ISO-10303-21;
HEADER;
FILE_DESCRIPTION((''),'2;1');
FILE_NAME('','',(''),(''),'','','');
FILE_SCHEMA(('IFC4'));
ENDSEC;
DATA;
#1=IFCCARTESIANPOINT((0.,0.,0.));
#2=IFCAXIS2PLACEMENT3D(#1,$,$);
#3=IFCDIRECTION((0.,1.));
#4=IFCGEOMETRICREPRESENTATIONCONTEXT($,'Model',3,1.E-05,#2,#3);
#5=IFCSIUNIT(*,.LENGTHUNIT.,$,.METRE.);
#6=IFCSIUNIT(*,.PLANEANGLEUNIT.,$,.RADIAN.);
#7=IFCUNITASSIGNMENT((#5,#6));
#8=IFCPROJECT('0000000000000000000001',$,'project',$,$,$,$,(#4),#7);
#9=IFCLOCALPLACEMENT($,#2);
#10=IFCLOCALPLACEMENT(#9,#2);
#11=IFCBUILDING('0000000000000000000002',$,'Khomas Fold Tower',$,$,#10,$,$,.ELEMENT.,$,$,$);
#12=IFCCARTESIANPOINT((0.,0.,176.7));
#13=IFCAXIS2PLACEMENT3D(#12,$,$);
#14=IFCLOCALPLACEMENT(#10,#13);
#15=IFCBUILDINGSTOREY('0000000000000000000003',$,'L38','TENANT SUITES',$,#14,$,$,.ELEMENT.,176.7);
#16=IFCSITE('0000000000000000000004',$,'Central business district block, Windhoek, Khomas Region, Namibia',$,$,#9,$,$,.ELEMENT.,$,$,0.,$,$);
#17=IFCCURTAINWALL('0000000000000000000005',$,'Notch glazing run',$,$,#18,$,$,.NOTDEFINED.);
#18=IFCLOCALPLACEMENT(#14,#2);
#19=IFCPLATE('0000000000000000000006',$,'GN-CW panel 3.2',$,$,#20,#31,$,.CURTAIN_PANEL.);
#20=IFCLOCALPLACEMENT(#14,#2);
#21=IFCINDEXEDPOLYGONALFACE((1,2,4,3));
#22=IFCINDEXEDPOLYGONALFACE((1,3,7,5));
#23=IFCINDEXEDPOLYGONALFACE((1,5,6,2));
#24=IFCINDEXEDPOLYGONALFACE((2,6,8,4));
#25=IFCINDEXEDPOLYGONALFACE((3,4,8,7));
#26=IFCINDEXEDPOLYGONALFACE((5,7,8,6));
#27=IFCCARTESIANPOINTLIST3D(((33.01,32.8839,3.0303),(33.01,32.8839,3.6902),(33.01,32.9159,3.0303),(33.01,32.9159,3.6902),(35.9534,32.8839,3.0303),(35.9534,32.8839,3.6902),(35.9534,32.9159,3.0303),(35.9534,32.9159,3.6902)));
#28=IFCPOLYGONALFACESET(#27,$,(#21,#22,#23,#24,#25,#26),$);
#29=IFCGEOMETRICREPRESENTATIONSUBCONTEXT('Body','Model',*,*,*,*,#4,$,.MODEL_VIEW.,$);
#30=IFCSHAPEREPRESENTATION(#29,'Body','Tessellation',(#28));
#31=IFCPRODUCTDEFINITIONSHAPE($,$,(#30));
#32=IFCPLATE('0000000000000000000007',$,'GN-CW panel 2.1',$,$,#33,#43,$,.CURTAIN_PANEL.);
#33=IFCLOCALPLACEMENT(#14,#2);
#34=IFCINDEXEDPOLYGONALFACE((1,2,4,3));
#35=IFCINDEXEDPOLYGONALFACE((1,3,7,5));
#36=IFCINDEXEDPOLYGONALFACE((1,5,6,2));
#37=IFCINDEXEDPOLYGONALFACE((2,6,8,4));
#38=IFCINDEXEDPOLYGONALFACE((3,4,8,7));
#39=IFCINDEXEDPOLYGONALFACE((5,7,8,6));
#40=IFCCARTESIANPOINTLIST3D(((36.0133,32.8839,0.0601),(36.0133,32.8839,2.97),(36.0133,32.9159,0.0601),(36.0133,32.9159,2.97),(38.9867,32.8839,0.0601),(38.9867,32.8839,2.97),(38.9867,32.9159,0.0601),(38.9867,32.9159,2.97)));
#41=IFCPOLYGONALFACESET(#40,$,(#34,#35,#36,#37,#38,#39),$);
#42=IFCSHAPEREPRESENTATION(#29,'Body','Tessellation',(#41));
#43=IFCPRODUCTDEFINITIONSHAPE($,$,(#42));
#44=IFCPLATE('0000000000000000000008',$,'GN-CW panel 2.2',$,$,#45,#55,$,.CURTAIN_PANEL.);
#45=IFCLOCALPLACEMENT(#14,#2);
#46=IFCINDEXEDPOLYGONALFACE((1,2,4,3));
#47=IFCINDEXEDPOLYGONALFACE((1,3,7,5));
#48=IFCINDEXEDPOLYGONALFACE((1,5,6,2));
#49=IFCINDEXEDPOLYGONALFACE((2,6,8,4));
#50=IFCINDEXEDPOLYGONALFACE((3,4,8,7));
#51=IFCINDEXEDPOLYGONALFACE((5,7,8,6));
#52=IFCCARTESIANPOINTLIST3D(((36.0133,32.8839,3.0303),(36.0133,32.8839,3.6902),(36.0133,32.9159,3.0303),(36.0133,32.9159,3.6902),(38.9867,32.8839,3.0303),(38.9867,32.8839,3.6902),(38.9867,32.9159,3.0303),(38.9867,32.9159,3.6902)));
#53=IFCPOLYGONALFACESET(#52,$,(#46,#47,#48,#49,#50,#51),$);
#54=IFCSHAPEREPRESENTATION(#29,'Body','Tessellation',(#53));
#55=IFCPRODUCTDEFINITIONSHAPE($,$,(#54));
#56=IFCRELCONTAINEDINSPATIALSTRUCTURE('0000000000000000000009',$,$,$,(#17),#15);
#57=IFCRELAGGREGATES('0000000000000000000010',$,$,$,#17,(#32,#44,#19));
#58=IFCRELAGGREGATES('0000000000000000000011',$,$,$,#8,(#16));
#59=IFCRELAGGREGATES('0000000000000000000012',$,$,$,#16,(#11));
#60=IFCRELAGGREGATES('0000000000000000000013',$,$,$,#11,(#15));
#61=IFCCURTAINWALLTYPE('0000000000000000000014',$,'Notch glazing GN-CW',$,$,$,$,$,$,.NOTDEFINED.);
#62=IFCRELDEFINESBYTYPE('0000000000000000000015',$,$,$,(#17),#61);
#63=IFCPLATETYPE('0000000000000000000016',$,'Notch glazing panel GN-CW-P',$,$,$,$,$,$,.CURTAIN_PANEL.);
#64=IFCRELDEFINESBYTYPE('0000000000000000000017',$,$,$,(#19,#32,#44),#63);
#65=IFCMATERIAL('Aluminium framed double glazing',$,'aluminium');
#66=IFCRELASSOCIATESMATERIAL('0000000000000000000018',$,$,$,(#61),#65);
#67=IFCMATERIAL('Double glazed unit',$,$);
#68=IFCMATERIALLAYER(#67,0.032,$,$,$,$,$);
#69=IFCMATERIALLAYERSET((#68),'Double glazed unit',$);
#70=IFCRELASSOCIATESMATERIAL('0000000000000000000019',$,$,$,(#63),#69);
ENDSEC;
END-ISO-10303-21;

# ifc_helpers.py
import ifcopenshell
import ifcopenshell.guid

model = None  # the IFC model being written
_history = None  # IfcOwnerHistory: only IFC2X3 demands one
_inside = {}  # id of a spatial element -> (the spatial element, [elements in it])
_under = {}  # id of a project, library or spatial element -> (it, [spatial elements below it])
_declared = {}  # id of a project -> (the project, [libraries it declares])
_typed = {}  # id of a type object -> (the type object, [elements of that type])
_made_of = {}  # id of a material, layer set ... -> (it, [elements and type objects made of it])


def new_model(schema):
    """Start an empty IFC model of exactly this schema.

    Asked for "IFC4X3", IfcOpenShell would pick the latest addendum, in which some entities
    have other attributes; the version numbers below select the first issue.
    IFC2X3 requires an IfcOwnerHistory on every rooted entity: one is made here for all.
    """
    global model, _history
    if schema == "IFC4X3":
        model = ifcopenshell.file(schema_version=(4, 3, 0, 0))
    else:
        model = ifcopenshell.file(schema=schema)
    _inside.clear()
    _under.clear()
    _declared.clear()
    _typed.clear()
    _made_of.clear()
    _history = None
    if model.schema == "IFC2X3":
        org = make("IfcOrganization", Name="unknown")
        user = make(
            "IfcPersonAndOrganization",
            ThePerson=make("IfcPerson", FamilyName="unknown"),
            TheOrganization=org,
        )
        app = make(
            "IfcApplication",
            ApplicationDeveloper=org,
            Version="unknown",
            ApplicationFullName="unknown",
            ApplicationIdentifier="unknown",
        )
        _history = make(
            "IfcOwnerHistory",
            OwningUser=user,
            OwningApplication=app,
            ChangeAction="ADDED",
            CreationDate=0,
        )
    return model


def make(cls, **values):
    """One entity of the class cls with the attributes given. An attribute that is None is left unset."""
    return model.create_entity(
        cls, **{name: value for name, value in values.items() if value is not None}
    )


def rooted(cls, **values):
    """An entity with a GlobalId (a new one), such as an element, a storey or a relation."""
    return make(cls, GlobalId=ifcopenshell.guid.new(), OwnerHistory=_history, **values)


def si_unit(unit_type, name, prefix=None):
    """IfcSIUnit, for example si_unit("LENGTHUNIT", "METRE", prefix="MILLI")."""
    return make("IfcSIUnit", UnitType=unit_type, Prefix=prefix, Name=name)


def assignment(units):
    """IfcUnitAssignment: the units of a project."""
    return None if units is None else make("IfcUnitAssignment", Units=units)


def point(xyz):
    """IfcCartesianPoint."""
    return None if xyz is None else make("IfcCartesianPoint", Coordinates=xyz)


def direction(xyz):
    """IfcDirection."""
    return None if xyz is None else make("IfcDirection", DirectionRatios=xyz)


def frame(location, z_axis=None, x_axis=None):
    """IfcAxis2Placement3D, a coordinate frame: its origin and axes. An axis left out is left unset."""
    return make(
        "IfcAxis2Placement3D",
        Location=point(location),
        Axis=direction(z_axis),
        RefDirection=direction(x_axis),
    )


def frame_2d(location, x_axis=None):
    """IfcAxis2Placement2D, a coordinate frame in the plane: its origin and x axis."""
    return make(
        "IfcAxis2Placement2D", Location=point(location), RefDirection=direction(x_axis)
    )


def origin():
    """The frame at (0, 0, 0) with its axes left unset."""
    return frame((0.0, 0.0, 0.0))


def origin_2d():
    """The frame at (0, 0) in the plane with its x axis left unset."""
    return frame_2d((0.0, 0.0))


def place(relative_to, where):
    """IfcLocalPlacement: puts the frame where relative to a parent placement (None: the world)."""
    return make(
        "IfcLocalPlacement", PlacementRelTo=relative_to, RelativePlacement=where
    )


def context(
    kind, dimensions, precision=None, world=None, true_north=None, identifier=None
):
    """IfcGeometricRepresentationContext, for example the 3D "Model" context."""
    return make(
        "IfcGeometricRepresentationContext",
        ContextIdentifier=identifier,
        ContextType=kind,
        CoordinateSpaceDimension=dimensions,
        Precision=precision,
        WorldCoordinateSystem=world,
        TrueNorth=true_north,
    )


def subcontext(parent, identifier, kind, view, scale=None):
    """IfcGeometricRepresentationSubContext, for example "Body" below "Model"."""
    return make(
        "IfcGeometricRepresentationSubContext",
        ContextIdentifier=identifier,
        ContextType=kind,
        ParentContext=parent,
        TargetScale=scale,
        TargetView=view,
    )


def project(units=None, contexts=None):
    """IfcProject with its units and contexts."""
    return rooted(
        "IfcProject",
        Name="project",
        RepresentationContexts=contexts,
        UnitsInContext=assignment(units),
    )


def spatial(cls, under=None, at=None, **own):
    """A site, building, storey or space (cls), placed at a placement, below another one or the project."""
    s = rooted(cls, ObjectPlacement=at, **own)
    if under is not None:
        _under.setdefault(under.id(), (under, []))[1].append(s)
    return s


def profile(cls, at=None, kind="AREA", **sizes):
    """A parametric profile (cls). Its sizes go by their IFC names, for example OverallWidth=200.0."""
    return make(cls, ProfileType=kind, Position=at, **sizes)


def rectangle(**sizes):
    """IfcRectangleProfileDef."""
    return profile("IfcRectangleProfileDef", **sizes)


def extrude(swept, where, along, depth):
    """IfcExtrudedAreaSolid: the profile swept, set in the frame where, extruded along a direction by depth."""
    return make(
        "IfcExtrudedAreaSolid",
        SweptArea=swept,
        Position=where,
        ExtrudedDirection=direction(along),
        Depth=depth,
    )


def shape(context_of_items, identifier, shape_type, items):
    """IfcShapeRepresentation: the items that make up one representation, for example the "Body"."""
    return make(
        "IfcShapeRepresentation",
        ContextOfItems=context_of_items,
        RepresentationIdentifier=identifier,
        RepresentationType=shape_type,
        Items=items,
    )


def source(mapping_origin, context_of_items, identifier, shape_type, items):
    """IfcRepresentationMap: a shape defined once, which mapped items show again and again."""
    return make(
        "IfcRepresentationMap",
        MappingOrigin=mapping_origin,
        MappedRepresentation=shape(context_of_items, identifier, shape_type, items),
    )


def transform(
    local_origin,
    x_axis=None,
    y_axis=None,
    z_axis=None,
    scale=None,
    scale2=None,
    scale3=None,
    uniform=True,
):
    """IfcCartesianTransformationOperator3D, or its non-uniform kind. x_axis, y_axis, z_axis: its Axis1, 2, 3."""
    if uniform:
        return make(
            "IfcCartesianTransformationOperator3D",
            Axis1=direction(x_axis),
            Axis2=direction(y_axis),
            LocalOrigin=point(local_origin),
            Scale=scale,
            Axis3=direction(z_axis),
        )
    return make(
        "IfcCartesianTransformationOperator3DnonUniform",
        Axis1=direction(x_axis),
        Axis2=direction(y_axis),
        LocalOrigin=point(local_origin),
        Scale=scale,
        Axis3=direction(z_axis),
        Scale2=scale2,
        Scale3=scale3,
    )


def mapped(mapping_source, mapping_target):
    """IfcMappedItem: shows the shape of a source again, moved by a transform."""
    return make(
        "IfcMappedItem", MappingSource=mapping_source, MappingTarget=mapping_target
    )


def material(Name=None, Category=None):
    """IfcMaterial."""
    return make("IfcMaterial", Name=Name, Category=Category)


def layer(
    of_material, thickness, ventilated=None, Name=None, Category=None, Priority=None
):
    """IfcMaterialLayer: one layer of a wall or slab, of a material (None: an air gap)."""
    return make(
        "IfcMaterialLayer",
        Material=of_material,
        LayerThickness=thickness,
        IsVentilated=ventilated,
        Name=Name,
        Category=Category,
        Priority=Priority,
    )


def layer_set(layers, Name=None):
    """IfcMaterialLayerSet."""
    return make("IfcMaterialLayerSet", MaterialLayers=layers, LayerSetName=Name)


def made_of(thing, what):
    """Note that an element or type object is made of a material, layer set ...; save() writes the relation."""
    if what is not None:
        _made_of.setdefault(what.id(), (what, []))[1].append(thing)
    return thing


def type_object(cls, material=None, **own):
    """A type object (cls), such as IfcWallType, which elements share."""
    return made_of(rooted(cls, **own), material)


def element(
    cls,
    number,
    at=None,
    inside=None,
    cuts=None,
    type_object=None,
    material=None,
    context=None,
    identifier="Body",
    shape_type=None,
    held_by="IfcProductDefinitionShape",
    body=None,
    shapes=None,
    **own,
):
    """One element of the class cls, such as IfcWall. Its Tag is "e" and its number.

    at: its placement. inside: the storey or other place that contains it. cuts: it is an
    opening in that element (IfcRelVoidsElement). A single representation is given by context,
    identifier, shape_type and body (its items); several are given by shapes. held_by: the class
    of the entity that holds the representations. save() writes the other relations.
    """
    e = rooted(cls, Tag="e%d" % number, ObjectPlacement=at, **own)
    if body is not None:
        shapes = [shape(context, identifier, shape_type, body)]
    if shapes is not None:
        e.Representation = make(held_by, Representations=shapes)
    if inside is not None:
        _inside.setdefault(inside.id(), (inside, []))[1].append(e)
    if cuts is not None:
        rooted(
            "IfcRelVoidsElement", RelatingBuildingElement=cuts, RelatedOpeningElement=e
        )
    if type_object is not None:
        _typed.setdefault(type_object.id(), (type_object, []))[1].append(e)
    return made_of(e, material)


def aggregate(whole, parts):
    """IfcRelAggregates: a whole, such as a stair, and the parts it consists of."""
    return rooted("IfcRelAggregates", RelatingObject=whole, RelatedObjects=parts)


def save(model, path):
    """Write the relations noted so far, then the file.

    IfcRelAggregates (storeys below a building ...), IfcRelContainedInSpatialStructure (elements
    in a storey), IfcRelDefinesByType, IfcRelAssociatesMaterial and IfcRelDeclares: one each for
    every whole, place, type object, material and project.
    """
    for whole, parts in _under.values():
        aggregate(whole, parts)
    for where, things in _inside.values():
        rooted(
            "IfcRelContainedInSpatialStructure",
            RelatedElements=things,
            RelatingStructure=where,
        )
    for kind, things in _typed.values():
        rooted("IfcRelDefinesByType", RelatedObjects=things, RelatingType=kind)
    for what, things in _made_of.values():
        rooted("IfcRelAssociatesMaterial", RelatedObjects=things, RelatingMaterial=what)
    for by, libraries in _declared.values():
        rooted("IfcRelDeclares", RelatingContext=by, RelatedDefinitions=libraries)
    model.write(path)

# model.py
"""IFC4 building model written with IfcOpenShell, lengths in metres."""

from ifc_helpers import new_model, si_unit, direction, frame, origin, origin_2d, place, context, subcontext, project, spatial, rectangle, extrude, source, transform, mapped, material, layer, layer_set, type_object, element, aggregate, save


model = new_model("IFC4")

# Units and contexts
model_context = context("Model", 3, precision=1e-05, world=origin(), true_north=direction((0.0, 1.0)))
body_context = subcontext(model_context, "Body", "Model", "MODEL_VIEW")
ifc_project = project(units=[si_unit("LENGTHUNIT", "METRE"), si_unit("PLANEANGLEUNIT", "RADIAN")], contexts=[model_context])

# Site, building, storey
site_placement = place(None, origin())
site = spatial("IfcSite", under=ifc_project, at=site_placement, Name="Central business district block, Windhoek, Khomas Region, Namibia", CompositionType="ELEMENT", RefElevation=0.0)
building_placement = place(site_placement, origin())
building = spatial("IfcBuilding", under=site, at=building_placement, Name="Khomas Fold Tower", CompositionType="ELEMENT")
storey_placement = place(building_placement, frame((0.0, 0.0, 176.7)))
storey = spatial("IfcBuildingStorey", under=building, at=storey_placement, Name="L38", Description="TENANT SUITES", CompositionType="ELEMENT", Elevation=176.7)

# Curtain wall
ifc_material_1 = material(Name="Aluminium framed double glazing", Category="aluminium")
curtain_wall_type = type_object("IfcCurtainWallType", Name="Notch glazing GN-CW", PredefinedType="NOTDEFINED", material=ifc_material_1)
curtain_wall_1_placement = place(storey_placement, origin())
curtain_wall_1 = element("IfcCurtainWall", 1, at=curtain_wall_1_placement, inside=storey, type_object=curtain_wall_type, Name="Notch glazing run", PredefinedType="NOTDEFINED")

# Plates
ifc_material_2 = material(Name="Double glazed unit")
ifc_layer = layer(ifc_material_2, 0.032)
ifc_layer_set = layer_set([ifc_layer], Name="Double glazed unit")
plate_type = type_object("IfcPlateType", Name="Notch glazing panel GN-CW-P", PredefinedType="CURTAIN_PANEL", material=ifc_layer_set)
shared_shape_1 = source(origin(), body_context, "Body", "SweptSolid", [
    extrude(rectangle(XDim=2.9434, YDim=0.032, at=origin_2d()), origin(), (0.0, 0.0, 1.0), 0.6599),
])
plate_1_placement = place(storey_placement, frame((34.4817, 32.8999, 3.0303), z_axis=(0.0, 0.0, 1.0), x_axis=(-1.0, 0.0, 0.0)))
plate_1 = element("IfcPlate", 2, at=plate_1_placement, type_object=plate_type, Name="GN-CW panel 3.2", PredefinedType="CURTAIN_PANEL", context=body_context, shape_type="MappedRepresentation", body=[
    mapped(shared_shape_1, transform((0.0, 0.0, 0.0))),
])
shared_shape_2 = source(origin(), body_context, "Body", "SweptSolid", [
    extrude(rectangle(XDim=2.9734, YDim=0.032, at=origin_2d()), origin(), (0.0, 0.0, 1.0), 2.9099),
])
plate_2_placement = place(storey_placement, frame((37.5, 32.8999, 0.0601), z_axis=(0.0, 0.0, 1.0), x_axis=(-1.0, 0.0, 0.0)))
plate_2 = element("IfcPlate", 3, at=plate_2_placement, type_object=plate_type, Name="GN-CW panel 2.1", PredefinedType="CURTAIN_PANEL", context=body_context, shape_type="MappedRepresentation", body=[
    mapped(shared_shape_2, transform((0.0, 0.0, 0.0))),
])
shared_shape_3 = source(origin(), body_context, "Body", "SweptSolid", [
    extrude(rectangle(XDim=2.9734, YDim=0.032, at=origin_2d()), origin(), (0.0, 0.0, 1.0), 0.6599),
])
plate_3_placement = place(storey_placement, frame((37.5, 32.8999, 3.0303), z_axis=(0.0, 0.0, 1.0), x_axis=(-1.0, 0.0, 0.0)))
plate_3 = element("IfcPlate", 4, at=plate_3_placement, type_object=plate_type, Name="GN-CW panel 2.2", PredefinedType="CURTAIN_PANEL", context=body_context, shape_type="MappedRepresentation", body=[
    mapped(shared_shape_3, transform((0.0, 0.0, 0.0))),
])
aggregate(curtain_wall_1, [plate_2, plate_3, plate_1])

save(model, "model.ifc")
